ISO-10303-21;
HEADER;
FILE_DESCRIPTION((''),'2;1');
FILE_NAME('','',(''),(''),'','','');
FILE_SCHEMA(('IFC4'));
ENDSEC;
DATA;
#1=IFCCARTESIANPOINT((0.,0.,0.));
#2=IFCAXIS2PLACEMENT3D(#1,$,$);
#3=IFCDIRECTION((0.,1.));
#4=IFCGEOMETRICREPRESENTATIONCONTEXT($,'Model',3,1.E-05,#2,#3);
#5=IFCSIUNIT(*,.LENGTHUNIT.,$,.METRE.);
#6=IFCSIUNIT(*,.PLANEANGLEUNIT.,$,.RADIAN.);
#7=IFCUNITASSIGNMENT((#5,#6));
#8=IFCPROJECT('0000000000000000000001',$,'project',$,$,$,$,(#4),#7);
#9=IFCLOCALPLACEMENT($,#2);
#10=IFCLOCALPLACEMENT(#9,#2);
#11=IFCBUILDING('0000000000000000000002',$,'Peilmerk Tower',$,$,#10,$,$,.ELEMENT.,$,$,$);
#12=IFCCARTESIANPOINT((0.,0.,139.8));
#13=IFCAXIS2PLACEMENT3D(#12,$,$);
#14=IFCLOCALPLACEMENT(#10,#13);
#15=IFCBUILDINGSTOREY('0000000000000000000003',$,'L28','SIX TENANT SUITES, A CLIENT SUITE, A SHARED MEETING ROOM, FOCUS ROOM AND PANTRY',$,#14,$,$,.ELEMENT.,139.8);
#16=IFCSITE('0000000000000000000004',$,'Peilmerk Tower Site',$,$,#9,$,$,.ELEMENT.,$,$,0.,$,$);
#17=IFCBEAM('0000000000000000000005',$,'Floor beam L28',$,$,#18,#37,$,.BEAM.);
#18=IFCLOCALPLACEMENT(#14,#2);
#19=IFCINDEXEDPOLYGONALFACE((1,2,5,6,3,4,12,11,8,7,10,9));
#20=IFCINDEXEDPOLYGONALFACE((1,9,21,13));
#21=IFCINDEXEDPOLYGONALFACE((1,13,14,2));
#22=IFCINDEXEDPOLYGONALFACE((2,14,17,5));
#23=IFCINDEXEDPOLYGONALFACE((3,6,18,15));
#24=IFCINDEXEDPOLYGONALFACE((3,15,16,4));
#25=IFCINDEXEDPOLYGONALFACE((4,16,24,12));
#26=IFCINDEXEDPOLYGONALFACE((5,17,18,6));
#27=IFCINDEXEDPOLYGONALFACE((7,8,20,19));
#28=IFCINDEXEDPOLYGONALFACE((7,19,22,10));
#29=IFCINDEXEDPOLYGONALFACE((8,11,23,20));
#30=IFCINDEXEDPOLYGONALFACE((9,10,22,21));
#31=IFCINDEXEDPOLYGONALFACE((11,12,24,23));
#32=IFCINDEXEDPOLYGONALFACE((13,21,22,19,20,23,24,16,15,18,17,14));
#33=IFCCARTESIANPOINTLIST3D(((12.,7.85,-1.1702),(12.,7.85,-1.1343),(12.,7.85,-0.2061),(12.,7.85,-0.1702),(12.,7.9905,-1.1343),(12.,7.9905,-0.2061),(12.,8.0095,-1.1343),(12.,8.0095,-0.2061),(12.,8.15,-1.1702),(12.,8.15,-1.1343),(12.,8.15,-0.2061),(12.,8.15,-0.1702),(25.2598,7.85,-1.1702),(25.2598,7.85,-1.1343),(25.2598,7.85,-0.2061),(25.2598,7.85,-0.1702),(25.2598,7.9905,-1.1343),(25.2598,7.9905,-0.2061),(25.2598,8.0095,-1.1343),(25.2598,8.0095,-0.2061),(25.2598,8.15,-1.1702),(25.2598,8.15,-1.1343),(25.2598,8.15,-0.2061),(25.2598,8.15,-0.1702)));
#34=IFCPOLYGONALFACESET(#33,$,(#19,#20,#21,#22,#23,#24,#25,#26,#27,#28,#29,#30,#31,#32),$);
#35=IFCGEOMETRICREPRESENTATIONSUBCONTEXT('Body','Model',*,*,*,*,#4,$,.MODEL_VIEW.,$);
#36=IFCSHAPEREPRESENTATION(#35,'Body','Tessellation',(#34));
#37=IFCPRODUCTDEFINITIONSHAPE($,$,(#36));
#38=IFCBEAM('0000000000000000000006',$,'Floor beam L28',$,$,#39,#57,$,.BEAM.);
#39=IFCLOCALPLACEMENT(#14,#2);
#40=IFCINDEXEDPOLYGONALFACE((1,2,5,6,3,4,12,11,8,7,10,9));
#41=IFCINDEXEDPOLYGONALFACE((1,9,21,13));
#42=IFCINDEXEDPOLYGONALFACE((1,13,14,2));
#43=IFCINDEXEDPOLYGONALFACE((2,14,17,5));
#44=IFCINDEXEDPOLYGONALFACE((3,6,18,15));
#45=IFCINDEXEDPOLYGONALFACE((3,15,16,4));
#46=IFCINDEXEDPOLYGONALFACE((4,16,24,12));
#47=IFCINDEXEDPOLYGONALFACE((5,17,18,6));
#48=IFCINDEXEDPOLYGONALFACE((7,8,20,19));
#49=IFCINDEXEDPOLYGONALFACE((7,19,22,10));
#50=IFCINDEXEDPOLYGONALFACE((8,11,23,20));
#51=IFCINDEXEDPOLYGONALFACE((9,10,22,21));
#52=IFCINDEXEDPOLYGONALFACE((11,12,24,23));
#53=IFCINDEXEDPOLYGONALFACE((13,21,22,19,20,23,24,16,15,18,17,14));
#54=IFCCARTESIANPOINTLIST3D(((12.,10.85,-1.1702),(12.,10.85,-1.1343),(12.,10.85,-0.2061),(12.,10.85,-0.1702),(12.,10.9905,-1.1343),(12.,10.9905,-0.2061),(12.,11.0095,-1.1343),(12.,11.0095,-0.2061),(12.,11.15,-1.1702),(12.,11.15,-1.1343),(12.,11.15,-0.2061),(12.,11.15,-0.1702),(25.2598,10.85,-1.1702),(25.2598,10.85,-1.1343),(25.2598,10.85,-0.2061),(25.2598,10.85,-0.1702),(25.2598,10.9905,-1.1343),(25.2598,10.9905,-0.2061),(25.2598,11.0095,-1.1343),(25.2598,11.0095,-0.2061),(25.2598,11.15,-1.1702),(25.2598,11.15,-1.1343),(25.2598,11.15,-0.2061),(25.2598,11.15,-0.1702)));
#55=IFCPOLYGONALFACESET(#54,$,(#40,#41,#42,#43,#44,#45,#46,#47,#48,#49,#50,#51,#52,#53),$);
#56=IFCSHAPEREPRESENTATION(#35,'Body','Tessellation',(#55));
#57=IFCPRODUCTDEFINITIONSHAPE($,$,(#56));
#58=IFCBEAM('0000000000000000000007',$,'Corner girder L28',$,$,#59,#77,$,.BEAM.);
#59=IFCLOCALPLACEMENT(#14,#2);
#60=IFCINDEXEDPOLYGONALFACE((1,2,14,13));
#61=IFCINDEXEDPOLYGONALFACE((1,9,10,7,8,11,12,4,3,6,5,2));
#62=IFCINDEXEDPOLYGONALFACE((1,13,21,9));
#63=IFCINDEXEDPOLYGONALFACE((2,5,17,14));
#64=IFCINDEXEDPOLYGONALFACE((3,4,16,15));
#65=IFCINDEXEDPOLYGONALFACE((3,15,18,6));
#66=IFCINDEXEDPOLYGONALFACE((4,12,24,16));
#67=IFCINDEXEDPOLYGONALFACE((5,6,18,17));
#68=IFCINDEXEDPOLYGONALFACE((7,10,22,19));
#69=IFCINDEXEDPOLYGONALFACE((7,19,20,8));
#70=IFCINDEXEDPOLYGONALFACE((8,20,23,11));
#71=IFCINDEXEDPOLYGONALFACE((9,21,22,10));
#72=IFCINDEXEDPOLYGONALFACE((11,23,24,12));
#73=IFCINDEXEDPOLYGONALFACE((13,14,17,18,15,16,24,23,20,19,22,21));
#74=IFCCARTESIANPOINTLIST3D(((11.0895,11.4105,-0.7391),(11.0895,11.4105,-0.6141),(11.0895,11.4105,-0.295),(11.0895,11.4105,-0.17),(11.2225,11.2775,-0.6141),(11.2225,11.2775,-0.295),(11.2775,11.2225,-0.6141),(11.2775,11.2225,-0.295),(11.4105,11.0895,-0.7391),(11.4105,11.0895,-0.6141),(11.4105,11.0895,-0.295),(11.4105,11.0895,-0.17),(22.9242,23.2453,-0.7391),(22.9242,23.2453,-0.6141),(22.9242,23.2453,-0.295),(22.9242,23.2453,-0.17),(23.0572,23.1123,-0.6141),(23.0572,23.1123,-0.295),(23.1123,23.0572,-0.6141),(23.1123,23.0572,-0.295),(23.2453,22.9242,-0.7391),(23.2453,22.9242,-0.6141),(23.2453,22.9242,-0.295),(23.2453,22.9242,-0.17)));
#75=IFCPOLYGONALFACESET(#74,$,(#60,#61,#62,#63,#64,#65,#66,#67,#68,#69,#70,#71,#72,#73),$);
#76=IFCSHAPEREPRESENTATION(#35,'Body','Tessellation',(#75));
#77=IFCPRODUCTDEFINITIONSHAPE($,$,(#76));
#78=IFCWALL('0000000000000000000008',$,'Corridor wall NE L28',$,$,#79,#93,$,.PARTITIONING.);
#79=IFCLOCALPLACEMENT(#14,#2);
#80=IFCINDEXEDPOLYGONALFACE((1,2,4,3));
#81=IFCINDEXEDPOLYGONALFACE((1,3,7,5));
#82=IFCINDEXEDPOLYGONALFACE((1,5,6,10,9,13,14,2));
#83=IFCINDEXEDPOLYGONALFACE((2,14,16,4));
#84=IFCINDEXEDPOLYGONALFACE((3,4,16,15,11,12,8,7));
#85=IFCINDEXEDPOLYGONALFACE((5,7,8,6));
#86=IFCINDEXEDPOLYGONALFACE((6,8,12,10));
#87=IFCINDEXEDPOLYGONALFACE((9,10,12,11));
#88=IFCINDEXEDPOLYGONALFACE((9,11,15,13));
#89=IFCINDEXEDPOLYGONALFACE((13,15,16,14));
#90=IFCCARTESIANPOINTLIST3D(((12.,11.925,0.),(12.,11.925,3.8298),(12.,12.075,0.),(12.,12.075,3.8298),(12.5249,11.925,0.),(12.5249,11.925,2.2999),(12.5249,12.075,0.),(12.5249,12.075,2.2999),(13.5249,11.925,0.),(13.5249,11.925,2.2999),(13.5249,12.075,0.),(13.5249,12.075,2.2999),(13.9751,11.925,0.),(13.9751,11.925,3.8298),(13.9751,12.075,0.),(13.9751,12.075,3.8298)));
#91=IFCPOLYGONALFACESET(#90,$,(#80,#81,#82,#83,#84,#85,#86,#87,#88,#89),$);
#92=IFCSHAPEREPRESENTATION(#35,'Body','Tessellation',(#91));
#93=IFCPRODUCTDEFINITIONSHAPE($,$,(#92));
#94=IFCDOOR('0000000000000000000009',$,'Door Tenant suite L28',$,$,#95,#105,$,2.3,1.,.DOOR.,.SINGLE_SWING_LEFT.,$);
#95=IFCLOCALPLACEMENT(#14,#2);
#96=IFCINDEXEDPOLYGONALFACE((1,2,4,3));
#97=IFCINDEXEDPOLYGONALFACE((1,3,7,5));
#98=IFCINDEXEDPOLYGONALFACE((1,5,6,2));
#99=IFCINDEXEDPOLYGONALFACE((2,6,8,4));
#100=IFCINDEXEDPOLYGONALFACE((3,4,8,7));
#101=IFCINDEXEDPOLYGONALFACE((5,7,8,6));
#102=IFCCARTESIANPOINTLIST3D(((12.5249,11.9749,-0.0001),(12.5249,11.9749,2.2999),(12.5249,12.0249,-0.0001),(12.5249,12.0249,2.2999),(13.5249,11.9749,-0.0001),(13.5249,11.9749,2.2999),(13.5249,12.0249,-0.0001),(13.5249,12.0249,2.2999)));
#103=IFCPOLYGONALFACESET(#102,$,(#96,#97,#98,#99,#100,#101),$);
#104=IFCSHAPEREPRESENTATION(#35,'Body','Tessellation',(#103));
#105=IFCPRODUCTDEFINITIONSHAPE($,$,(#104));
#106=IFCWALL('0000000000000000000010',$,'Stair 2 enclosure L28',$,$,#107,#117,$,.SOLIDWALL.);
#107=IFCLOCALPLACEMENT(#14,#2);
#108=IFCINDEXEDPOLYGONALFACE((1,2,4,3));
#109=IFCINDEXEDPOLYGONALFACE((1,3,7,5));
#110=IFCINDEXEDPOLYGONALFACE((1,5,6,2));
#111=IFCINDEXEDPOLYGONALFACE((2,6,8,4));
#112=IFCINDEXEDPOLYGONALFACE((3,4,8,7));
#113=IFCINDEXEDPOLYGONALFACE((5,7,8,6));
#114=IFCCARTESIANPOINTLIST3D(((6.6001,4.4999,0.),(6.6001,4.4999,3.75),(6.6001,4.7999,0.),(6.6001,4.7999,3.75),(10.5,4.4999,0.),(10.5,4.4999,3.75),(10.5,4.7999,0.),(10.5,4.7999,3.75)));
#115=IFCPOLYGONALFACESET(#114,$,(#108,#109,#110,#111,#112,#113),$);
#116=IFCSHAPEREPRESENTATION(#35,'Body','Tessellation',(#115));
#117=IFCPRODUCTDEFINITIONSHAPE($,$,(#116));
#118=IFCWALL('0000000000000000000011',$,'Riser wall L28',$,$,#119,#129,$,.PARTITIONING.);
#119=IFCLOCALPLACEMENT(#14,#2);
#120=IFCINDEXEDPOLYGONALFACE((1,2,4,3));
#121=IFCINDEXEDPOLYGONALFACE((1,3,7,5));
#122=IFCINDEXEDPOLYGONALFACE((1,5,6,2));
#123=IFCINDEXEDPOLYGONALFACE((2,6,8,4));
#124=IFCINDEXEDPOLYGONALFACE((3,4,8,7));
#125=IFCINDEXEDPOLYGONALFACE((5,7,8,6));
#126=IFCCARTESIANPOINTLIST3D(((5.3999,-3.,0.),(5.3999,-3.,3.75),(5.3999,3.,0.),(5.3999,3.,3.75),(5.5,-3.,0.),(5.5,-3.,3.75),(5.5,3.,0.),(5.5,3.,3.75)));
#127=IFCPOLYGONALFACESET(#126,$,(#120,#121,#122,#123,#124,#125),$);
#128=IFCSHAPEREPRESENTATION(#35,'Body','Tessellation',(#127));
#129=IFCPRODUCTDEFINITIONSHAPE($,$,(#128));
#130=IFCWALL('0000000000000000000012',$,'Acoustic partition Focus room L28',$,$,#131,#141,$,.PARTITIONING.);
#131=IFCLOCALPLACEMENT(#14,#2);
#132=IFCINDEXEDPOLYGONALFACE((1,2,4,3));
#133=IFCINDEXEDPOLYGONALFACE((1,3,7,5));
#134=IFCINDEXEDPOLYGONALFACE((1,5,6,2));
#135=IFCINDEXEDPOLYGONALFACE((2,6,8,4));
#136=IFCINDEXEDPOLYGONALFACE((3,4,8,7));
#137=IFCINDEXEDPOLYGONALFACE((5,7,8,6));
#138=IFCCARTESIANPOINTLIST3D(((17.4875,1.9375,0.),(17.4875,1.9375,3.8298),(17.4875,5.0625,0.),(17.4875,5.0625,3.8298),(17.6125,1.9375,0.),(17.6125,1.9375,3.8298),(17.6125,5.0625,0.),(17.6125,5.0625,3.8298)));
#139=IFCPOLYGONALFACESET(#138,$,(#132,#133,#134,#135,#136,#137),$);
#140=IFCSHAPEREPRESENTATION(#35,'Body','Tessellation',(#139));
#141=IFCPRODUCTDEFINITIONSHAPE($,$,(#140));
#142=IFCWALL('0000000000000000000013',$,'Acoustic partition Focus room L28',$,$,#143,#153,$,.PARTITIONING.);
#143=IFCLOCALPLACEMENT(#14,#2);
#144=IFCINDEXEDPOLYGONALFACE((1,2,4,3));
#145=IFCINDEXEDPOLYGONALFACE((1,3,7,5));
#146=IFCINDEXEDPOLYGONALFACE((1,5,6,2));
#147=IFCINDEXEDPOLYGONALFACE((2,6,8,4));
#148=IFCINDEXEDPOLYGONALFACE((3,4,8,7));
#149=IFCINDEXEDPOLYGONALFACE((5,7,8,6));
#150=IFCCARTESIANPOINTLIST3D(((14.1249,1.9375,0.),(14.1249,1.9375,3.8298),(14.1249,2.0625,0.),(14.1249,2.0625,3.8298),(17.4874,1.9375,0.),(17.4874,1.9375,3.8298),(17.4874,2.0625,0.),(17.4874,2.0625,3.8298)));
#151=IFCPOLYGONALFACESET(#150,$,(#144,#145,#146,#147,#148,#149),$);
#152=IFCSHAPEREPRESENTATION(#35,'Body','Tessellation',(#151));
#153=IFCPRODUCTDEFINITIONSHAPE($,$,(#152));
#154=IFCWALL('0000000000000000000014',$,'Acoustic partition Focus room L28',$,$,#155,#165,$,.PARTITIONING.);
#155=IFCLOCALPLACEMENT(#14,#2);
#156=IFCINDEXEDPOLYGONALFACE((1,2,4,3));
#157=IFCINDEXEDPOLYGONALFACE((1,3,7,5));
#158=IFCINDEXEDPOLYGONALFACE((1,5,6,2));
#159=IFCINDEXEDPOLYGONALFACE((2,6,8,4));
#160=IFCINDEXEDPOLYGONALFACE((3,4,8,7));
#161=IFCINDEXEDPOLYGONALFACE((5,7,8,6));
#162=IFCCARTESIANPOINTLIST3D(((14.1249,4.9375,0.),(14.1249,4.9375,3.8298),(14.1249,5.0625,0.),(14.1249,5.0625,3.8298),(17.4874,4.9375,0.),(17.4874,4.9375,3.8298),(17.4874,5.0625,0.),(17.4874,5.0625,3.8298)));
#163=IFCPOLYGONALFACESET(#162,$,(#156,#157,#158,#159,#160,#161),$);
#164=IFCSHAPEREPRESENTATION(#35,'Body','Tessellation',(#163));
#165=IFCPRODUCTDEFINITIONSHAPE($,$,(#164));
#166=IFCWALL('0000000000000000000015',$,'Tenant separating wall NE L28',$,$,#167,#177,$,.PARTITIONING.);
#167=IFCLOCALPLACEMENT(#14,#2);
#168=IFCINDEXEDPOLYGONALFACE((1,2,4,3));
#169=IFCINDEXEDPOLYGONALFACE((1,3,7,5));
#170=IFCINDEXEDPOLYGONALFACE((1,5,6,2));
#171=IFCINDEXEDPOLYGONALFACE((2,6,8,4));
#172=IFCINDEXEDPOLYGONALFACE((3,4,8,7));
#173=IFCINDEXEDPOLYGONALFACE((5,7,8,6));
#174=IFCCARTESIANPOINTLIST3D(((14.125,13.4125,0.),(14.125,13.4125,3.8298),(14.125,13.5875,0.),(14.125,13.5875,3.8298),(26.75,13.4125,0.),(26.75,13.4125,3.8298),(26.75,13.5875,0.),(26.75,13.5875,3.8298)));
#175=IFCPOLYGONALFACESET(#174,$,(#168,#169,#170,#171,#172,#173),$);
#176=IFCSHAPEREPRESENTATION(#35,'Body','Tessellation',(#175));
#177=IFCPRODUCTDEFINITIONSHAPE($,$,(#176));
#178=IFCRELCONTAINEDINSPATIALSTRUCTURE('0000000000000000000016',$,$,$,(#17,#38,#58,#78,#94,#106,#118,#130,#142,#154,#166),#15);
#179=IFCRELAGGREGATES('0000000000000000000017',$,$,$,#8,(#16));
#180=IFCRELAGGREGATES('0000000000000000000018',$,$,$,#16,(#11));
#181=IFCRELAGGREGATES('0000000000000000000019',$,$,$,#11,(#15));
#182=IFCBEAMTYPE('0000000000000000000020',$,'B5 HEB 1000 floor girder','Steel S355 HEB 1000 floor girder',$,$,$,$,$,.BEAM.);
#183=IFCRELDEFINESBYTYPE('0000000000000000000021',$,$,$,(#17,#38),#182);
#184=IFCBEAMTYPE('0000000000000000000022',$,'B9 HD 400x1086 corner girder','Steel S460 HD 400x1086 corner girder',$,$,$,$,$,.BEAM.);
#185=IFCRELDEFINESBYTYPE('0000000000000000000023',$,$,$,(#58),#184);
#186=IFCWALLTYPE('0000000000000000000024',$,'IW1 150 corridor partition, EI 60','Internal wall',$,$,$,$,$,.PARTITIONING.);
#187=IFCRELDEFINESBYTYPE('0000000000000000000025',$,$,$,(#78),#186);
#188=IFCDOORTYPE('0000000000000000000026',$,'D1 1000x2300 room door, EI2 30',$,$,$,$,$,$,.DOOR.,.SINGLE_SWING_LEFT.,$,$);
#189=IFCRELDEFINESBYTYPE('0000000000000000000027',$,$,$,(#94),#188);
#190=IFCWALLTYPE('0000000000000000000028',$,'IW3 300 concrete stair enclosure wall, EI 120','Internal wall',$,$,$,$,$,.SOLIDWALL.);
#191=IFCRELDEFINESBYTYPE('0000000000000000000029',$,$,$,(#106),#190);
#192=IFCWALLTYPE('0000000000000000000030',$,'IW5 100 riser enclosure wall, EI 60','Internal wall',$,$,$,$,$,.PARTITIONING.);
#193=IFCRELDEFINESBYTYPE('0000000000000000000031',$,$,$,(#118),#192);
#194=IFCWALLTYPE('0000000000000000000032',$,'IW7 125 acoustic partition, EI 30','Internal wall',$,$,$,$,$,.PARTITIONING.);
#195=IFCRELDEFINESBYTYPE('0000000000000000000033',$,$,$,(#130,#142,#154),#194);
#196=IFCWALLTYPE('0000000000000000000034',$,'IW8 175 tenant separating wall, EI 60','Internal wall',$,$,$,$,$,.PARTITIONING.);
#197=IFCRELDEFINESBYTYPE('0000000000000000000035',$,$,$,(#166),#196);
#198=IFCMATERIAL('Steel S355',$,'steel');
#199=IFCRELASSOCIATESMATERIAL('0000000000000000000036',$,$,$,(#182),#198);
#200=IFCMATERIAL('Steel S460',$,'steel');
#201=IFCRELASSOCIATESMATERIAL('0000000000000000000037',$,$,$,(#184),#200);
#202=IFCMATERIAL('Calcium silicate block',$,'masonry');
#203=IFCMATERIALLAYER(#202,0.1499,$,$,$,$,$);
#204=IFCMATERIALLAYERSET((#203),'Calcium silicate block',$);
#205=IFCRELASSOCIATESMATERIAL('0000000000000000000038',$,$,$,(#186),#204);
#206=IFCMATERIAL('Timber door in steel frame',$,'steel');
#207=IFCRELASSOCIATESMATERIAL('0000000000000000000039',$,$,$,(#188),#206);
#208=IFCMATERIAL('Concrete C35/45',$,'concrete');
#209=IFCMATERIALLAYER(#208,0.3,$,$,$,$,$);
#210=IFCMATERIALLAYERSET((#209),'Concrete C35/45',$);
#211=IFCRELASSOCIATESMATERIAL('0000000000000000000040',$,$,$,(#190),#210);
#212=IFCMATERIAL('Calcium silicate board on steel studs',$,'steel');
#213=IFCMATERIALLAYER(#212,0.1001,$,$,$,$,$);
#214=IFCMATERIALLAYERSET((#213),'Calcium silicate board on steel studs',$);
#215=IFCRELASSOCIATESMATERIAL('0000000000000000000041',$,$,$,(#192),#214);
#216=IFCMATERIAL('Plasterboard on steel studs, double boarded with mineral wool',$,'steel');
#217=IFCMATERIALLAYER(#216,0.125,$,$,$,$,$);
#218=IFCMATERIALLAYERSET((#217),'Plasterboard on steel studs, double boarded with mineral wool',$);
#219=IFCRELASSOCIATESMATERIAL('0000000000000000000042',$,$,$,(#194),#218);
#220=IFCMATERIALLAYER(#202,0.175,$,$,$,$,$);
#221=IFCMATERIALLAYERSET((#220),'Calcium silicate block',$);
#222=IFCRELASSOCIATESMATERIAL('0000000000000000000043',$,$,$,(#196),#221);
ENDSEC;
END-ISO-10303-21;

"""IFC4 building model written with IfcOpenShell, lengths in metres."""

from ifc_helpers import new_model, si_unit, direction, frame, frame_2d, origin, origin_2d, place, context, subcontext, project, spatial, rectangle, i_section, extrude, material, layer, layer_set, material_profile, profile_set, type_object, element, fill, save


model = new_model("IFC4")

# Units and contexts
model_context = context("Model", 3, precision=1e-05, world=origin(), true_north=direction((0.0, 1.0)))
body_context = subcontext(model_context, "Body", "Model", "MODEL_VIEW")
ifc_project = project(units=[si_unit("LENGTHUNIT", "METRE"), si_unit("PLANEANGLEUNIT", "RADIAN")], contexts=[model_context])

# Site, building, storey
site_placement = place(None, origin())
site = spatial("IfcSite", under=ifc_project, at=site_placement, Name="Peilmerk Tower Site", CompositionType="ELEMENT", RefElevation=0.0)
building_placement = place(site_placement, origin())
building = spatial("IfcBuilding", under=site, at=building_placement, Name="Peilmerk Tower", CompositionType="ELEMENT")
storey_placement = place(building_placement, frame((0.0, 0.0, 139.8)))
storey = spatial("IfcBuildingStorey", under=building, at=storey_placement, Name="L28", Description="SIX TENANT SUITES, A CLIENT SUITE, A SHARED MEETING ROOM, FOCUS ROOM AND PANTRY", CompositionType="ELEMENT", Elevation=139.8)

# Shared definitions
ifc_material_1 = material(Name="Steel S460", Category="steel")

# Beams
ifc_material_2 = material(Name="Steel S355", Category="steel")
ifc_material_profile_1 = material_profile(ifc_material_2, i_section(OverallWidth=0.3, OverallDepth=1.0, WebThickness=0.019, FlangeThickness=0.0359, at=origin_2d()), Name="HEB 1000")
ifc_profile_set_1 = profile_set([ifc_material_profile_1], Name="Steel S355")
beam_type_1 = type_object("IfcBeamType", Name="B5 HEB 1000 floor girder", Description="Steel S355 HEB 1000 floor girder", PredefinedType="BEAM", material=ifc_profile_set_1)
for number, where, z_axis, x_axis, name in (
    (1, (12.0, 8.0, -0.6702), (1.0, 0.0, 0.0), (0.0, 1.0, 0.0), "Floor beam L28"),
    (2, (12.0, 11.0, -0.6702), (1.0, 0.0, 0.0), (0.0, 1.0, 0.0), "Floor beam L28"),
):
    element("IfcBeam", number, at=place(storey_placement, frame(where, z_axis=z_axis, x_axis=x_axis)), inside=storey, type_object=beam_type_1, Name=name, PredefinedType="BEAM", context=body_context, shape_type="SweptSolid", body=[
        extrude(i_section(OverallWidth=0.3, OverallDepth=1.0, WebThickness=0.019, FlangeThickness=0.0359, at=origin_2d()), origin(), (0.0, 0.0, 1.0), 13.2598),
    ])
ifc_material_profile_2 = material_profile(ifc_material_1, i_section(OverallWidth=0.4541, OverallDepth=0.5691, WebThickness=0.0779, FlangeThickness=0.125, at=origin_2d()), Name="HD 400x1086")
ifc_profile_set_2 = profile_set([ifc_material_profile_2], Name="Steel S460")
beam_type_2 = type_object("IfcBeamType", Name="B9 HD 400x1086 corner girder", Description="Steel S460 HD 400x1086 corner girder", PredefinedType="BEAM", material=ifc_profile_set_2)
beam_1_placement = place(storey_placement, frame((11.25, 11.25, -0.4546), z_axis=(0.707107, 0.707107, 0.0), x_axis=(-0.707107, 0.707107, 0.0)))
element("IfcBeam", 3, at=beam_1_placement, inside=storey, type_object=beam_type_2, Name="Corner girder L28", PredefinedType="BEAM", context=body_context, shape_type="SweptSolid", body=[
    extrude(i_section(OverallWidth=0.4541, OverallDepth=0.5691, WebThickness=0.0779, FlangeThickness=0.125, at=origin_2d()), origin(), (0.0, 0.0, 1.0), 16.7368),
])

# Wall, opening, door
ifc_material_3 = material(Name="Calcium silicate block", Category="masonry")
ifc_layer_1 = layer(ifc_material_3, 0.1499)
ifc_layer_set_1 = layer_set([ifc_layer_1], Name="Calcium silicate block")
wall_type_1 = type_object("IfcWallType", Name="IW1 150 corridor partition, EI 60", Description="Internal wall", PredefinedType="PARTITIONING", material=ifc_layer_set_1)
wall_1_placement = place(storey_placement, frame((12.0, 12.0, 0.0), z_axis=(0.0, 0.0, 1.0), x_axis=(1.0, 0.0, 0.0)))
wall_1 = element("IfcWall", 4, at=wall_1_placement, inside=storey, type_object=wall_type_1, Name="Corridor wall NE L28", PredefinedType="PARTITIONING", context=body_context, shape_type="SweptSolid", body=[
    extrude(rectangle(XDim=1.9751, YDim=0.1499, at=frame_2d((0.9875, 0.0))), origin(), (0.0, 0.0, 1.0), 3.8298),
])
opening_1_placement = place(wall_1_placement, frame((0.5249, 0.0, 0.0)))
opening_1 = element("IfcOpeningElement", 5, at=opening_1_placement, cuts=wall_1, PredefinedType="OPENING", context=body_context, shape_type="SweptSolid", body=[
    extrude(rectangle(XDim=1.0, YDim=2.3, at=frame_2d((0.5, 1.1499))), frame((0.0, 0.085, 0.0), z_axis=(0.0, -1.0, 0.0), x_axis=(1.0, 0.0, 0.0)), (0.0, 0.0, 1.0), 0.1699),
])
ifc_material_4 = material(Name="Timber door in steel frame", Category="steel")
door_type_1 = type_object("IfcDoorType", Name="D1 1000x2300 room door, EI2 30", OperationType="SINGLE_SWING_LEFT", PredefinedType="DOOR", material=ifc_material_4)
door_1_placement = place(opening_1_placement, origin())
door_1 = element("IfcDoor", 6, at=door_1_placement, inside=storey, type_object=door_type_1, Name="Door Tenant suite L28", OperationType="SINGLE_SWING_LEFT", OverallHeight=2.3, OverallWidth=1.0, PredefinedType="DOOR", context=body_context, shape_type="SweptSolid", body=[
    extrude(rectangle(XDim=1.0, YDim=2.3, at=frame_2d((0.5, 1.1499))), frame((0.0, 0.0249, 0.0), z_axis=(0.0, -1.0, 0.0), x_axis=(1.0, 0.0, 0.0)), (0.0, 0.0, 1.0), 0.05),
])
fill(opening_1, door_1)

# Walls
ifc_material_5 = material(Name="Concrete C35/45", Category="concrete")
ifc_layer_2 = layer(ifc_material_5, 0.3)
ifc_layer_set_2 = layer_set([ifc_layer_2], Name="Concrete C35/45")
wall_type_2 = type_object("IfcWallType", Name="IW3 300 concrete stair enclosure wall, EI 120", Description="Internal wall", PredefinedType="SOLIDWALL", material=ifc_layer_set_2)
wall_2_placement = place(storey_placement, frame((6.6001, 4.6499, 0.0), z_axis=(0.0, 0.0, 1.0), x_axis=(1.0, 0.0, 0.0)))
element("IfcWall", 7, at=wall_2_placement, inside=storey, type_object=wall_type_2, Name="Stair 2 enclosure L28", PredefinedType="SOLIDWALL", context=body_context, shape_type="SweptSolid", body=[
    extrude(rectangle(XDim=3.8999, YDim=0.3, at=frame_2d((1.95, 0.0))), origin(), (0.0, 0.0, 1.0), 3.75),
])
ifc_material_6 = material(Name="Calcium silicate board on steel studs", Category="steel")
ifc_layer_3 = layer(ifc_material_6, 0.1001)
ifc_layer_set_3 = layer_set([ifc_layer_3], Name="Calcium silicate board on steel studs")
wall_type_3 = type_object("IfcWallType", Name="IW5 100 riser enclosure wall, EI 60", Description="Internal wall", PredefinedType="PARTITIONING", material=ifc_layer_set_3)
wall_3_placement = place(storey_placement, frame((5.45, 3.0, 0.0), z_axis=(0.0, 0.0, 1.0), x_axis=(0.0, -1.0, 0.0)))
element("IfcWall", 8, at=wall_3_placement, inside=storey, type_object=wall_type_3, Name="Riser wall L28", PredefinedType="PARTITIONING", context=body_context, shape_type="SweptSolid", body=[
    extrude(rectangle(XDim=6.0, YDim=0.1001, at=frame_2d((3.0, 0.0))), origin(), (0.0, 0.0, 1.0), 3.75),
])
ifc_material_7 = material(Name="Plasterboard on steel studs, double boarded with mineral wool", Category="steel")
ifc_layer_4 = layer(ifc_material_7, 0.125)
ifc_layer_set_4 = layer_set([ifc_layer_4], Name="Plasterboard on steel studs, double boarded with mineral wool")
wall_type_4 = type_object("IfcWallType", Name="IW7 125 acoustic partition, EI 30", Description="Internal wall", PredefinedType="PARTITIONING", material=ifc_layer_set_4)
wall_4_placement = place(storey_placement, frame((17.55, 1.9375, 0.0), z_axis=(0.0, 0.0, 1.0), x_axis=(0.0, 1.0, 0.0)))
element("IfcWall", 9, at=wall_4_placement, inside=storey, type_object=wall_type_4, Name="Acoustic partition Focus room L28", PredefinedType="PARTITIONING", context=body_context, shape_type="SweptSolid", body=[
    extrude(rectangle(XDim=3.125, YDim=0.125, at=frame_2d((1.5625, 0.0))), origin(), (0.0, 0.0, 1.0), 3.8298),
])
for number, where, z_axis, x_axis, name in (
    (10, (14.125, 2.0, 0.0), (0.0, 0.0, 1.0), (1.0, 0.0, 0.0), "Acoustic partition Focus room L28"),
    (11, (14.125, 5.0, 0.0), (0.0, 0.0, 1.0), (1.0, 0.0, 0.0), "Acoustic partition Focus room L28"),
):
    element("IfcWall", number, at=place(storey_placement, frame(where, z_axis=z_axis, x_axis=x_axis)), inside=storey, type_object=wall_type_4, Name=name, PredefinedType="PARTITIONING", context=body_context, shape_type="SweptSolid", body=[
        extrude(rectangle(XDim=3.3625, YDim=0.125, at=frame_2d((1.6812, 0.0))), origin(), (0.0, 0.0, 1.0), 3.8298),
    ])
ifc_layer_5 = layer(ifc_material_3, 0.175)
ifc_layer_set_5 = layer_set([ifc_layer_5], Name="Calcium silicate block")
wall_type_5 = type_object("IfcWallType", Name="IW8 175 tenant separating wall, EI 60", Description="Internal wall", PredefinedType="PARTITIONING", material=ifc_layer_set_5)
wall_5_placement = place(storey_placement, frame((14.125, 13.5, 0.0), z_axis=(0.0, 0.0, 1.0), x_axis=(1.0, 0.0, 0.0)))
element("IfcWall", 12, at=wall_5_placement, inside=storey, type_object=wall_type_5, Name="Tenant separating wall NE L28", PredefinedType="PARTITIONING", context=body_context, shape_type="SweptSolid", body=[
    extrude(rectangle(XDim=12.625, YDim=0.175, at=frame_2d((6.3125, 0.0))), origin(), (0.0, 0.0, 1.0), 3.8298),
])

save(model, "model.ifc")
